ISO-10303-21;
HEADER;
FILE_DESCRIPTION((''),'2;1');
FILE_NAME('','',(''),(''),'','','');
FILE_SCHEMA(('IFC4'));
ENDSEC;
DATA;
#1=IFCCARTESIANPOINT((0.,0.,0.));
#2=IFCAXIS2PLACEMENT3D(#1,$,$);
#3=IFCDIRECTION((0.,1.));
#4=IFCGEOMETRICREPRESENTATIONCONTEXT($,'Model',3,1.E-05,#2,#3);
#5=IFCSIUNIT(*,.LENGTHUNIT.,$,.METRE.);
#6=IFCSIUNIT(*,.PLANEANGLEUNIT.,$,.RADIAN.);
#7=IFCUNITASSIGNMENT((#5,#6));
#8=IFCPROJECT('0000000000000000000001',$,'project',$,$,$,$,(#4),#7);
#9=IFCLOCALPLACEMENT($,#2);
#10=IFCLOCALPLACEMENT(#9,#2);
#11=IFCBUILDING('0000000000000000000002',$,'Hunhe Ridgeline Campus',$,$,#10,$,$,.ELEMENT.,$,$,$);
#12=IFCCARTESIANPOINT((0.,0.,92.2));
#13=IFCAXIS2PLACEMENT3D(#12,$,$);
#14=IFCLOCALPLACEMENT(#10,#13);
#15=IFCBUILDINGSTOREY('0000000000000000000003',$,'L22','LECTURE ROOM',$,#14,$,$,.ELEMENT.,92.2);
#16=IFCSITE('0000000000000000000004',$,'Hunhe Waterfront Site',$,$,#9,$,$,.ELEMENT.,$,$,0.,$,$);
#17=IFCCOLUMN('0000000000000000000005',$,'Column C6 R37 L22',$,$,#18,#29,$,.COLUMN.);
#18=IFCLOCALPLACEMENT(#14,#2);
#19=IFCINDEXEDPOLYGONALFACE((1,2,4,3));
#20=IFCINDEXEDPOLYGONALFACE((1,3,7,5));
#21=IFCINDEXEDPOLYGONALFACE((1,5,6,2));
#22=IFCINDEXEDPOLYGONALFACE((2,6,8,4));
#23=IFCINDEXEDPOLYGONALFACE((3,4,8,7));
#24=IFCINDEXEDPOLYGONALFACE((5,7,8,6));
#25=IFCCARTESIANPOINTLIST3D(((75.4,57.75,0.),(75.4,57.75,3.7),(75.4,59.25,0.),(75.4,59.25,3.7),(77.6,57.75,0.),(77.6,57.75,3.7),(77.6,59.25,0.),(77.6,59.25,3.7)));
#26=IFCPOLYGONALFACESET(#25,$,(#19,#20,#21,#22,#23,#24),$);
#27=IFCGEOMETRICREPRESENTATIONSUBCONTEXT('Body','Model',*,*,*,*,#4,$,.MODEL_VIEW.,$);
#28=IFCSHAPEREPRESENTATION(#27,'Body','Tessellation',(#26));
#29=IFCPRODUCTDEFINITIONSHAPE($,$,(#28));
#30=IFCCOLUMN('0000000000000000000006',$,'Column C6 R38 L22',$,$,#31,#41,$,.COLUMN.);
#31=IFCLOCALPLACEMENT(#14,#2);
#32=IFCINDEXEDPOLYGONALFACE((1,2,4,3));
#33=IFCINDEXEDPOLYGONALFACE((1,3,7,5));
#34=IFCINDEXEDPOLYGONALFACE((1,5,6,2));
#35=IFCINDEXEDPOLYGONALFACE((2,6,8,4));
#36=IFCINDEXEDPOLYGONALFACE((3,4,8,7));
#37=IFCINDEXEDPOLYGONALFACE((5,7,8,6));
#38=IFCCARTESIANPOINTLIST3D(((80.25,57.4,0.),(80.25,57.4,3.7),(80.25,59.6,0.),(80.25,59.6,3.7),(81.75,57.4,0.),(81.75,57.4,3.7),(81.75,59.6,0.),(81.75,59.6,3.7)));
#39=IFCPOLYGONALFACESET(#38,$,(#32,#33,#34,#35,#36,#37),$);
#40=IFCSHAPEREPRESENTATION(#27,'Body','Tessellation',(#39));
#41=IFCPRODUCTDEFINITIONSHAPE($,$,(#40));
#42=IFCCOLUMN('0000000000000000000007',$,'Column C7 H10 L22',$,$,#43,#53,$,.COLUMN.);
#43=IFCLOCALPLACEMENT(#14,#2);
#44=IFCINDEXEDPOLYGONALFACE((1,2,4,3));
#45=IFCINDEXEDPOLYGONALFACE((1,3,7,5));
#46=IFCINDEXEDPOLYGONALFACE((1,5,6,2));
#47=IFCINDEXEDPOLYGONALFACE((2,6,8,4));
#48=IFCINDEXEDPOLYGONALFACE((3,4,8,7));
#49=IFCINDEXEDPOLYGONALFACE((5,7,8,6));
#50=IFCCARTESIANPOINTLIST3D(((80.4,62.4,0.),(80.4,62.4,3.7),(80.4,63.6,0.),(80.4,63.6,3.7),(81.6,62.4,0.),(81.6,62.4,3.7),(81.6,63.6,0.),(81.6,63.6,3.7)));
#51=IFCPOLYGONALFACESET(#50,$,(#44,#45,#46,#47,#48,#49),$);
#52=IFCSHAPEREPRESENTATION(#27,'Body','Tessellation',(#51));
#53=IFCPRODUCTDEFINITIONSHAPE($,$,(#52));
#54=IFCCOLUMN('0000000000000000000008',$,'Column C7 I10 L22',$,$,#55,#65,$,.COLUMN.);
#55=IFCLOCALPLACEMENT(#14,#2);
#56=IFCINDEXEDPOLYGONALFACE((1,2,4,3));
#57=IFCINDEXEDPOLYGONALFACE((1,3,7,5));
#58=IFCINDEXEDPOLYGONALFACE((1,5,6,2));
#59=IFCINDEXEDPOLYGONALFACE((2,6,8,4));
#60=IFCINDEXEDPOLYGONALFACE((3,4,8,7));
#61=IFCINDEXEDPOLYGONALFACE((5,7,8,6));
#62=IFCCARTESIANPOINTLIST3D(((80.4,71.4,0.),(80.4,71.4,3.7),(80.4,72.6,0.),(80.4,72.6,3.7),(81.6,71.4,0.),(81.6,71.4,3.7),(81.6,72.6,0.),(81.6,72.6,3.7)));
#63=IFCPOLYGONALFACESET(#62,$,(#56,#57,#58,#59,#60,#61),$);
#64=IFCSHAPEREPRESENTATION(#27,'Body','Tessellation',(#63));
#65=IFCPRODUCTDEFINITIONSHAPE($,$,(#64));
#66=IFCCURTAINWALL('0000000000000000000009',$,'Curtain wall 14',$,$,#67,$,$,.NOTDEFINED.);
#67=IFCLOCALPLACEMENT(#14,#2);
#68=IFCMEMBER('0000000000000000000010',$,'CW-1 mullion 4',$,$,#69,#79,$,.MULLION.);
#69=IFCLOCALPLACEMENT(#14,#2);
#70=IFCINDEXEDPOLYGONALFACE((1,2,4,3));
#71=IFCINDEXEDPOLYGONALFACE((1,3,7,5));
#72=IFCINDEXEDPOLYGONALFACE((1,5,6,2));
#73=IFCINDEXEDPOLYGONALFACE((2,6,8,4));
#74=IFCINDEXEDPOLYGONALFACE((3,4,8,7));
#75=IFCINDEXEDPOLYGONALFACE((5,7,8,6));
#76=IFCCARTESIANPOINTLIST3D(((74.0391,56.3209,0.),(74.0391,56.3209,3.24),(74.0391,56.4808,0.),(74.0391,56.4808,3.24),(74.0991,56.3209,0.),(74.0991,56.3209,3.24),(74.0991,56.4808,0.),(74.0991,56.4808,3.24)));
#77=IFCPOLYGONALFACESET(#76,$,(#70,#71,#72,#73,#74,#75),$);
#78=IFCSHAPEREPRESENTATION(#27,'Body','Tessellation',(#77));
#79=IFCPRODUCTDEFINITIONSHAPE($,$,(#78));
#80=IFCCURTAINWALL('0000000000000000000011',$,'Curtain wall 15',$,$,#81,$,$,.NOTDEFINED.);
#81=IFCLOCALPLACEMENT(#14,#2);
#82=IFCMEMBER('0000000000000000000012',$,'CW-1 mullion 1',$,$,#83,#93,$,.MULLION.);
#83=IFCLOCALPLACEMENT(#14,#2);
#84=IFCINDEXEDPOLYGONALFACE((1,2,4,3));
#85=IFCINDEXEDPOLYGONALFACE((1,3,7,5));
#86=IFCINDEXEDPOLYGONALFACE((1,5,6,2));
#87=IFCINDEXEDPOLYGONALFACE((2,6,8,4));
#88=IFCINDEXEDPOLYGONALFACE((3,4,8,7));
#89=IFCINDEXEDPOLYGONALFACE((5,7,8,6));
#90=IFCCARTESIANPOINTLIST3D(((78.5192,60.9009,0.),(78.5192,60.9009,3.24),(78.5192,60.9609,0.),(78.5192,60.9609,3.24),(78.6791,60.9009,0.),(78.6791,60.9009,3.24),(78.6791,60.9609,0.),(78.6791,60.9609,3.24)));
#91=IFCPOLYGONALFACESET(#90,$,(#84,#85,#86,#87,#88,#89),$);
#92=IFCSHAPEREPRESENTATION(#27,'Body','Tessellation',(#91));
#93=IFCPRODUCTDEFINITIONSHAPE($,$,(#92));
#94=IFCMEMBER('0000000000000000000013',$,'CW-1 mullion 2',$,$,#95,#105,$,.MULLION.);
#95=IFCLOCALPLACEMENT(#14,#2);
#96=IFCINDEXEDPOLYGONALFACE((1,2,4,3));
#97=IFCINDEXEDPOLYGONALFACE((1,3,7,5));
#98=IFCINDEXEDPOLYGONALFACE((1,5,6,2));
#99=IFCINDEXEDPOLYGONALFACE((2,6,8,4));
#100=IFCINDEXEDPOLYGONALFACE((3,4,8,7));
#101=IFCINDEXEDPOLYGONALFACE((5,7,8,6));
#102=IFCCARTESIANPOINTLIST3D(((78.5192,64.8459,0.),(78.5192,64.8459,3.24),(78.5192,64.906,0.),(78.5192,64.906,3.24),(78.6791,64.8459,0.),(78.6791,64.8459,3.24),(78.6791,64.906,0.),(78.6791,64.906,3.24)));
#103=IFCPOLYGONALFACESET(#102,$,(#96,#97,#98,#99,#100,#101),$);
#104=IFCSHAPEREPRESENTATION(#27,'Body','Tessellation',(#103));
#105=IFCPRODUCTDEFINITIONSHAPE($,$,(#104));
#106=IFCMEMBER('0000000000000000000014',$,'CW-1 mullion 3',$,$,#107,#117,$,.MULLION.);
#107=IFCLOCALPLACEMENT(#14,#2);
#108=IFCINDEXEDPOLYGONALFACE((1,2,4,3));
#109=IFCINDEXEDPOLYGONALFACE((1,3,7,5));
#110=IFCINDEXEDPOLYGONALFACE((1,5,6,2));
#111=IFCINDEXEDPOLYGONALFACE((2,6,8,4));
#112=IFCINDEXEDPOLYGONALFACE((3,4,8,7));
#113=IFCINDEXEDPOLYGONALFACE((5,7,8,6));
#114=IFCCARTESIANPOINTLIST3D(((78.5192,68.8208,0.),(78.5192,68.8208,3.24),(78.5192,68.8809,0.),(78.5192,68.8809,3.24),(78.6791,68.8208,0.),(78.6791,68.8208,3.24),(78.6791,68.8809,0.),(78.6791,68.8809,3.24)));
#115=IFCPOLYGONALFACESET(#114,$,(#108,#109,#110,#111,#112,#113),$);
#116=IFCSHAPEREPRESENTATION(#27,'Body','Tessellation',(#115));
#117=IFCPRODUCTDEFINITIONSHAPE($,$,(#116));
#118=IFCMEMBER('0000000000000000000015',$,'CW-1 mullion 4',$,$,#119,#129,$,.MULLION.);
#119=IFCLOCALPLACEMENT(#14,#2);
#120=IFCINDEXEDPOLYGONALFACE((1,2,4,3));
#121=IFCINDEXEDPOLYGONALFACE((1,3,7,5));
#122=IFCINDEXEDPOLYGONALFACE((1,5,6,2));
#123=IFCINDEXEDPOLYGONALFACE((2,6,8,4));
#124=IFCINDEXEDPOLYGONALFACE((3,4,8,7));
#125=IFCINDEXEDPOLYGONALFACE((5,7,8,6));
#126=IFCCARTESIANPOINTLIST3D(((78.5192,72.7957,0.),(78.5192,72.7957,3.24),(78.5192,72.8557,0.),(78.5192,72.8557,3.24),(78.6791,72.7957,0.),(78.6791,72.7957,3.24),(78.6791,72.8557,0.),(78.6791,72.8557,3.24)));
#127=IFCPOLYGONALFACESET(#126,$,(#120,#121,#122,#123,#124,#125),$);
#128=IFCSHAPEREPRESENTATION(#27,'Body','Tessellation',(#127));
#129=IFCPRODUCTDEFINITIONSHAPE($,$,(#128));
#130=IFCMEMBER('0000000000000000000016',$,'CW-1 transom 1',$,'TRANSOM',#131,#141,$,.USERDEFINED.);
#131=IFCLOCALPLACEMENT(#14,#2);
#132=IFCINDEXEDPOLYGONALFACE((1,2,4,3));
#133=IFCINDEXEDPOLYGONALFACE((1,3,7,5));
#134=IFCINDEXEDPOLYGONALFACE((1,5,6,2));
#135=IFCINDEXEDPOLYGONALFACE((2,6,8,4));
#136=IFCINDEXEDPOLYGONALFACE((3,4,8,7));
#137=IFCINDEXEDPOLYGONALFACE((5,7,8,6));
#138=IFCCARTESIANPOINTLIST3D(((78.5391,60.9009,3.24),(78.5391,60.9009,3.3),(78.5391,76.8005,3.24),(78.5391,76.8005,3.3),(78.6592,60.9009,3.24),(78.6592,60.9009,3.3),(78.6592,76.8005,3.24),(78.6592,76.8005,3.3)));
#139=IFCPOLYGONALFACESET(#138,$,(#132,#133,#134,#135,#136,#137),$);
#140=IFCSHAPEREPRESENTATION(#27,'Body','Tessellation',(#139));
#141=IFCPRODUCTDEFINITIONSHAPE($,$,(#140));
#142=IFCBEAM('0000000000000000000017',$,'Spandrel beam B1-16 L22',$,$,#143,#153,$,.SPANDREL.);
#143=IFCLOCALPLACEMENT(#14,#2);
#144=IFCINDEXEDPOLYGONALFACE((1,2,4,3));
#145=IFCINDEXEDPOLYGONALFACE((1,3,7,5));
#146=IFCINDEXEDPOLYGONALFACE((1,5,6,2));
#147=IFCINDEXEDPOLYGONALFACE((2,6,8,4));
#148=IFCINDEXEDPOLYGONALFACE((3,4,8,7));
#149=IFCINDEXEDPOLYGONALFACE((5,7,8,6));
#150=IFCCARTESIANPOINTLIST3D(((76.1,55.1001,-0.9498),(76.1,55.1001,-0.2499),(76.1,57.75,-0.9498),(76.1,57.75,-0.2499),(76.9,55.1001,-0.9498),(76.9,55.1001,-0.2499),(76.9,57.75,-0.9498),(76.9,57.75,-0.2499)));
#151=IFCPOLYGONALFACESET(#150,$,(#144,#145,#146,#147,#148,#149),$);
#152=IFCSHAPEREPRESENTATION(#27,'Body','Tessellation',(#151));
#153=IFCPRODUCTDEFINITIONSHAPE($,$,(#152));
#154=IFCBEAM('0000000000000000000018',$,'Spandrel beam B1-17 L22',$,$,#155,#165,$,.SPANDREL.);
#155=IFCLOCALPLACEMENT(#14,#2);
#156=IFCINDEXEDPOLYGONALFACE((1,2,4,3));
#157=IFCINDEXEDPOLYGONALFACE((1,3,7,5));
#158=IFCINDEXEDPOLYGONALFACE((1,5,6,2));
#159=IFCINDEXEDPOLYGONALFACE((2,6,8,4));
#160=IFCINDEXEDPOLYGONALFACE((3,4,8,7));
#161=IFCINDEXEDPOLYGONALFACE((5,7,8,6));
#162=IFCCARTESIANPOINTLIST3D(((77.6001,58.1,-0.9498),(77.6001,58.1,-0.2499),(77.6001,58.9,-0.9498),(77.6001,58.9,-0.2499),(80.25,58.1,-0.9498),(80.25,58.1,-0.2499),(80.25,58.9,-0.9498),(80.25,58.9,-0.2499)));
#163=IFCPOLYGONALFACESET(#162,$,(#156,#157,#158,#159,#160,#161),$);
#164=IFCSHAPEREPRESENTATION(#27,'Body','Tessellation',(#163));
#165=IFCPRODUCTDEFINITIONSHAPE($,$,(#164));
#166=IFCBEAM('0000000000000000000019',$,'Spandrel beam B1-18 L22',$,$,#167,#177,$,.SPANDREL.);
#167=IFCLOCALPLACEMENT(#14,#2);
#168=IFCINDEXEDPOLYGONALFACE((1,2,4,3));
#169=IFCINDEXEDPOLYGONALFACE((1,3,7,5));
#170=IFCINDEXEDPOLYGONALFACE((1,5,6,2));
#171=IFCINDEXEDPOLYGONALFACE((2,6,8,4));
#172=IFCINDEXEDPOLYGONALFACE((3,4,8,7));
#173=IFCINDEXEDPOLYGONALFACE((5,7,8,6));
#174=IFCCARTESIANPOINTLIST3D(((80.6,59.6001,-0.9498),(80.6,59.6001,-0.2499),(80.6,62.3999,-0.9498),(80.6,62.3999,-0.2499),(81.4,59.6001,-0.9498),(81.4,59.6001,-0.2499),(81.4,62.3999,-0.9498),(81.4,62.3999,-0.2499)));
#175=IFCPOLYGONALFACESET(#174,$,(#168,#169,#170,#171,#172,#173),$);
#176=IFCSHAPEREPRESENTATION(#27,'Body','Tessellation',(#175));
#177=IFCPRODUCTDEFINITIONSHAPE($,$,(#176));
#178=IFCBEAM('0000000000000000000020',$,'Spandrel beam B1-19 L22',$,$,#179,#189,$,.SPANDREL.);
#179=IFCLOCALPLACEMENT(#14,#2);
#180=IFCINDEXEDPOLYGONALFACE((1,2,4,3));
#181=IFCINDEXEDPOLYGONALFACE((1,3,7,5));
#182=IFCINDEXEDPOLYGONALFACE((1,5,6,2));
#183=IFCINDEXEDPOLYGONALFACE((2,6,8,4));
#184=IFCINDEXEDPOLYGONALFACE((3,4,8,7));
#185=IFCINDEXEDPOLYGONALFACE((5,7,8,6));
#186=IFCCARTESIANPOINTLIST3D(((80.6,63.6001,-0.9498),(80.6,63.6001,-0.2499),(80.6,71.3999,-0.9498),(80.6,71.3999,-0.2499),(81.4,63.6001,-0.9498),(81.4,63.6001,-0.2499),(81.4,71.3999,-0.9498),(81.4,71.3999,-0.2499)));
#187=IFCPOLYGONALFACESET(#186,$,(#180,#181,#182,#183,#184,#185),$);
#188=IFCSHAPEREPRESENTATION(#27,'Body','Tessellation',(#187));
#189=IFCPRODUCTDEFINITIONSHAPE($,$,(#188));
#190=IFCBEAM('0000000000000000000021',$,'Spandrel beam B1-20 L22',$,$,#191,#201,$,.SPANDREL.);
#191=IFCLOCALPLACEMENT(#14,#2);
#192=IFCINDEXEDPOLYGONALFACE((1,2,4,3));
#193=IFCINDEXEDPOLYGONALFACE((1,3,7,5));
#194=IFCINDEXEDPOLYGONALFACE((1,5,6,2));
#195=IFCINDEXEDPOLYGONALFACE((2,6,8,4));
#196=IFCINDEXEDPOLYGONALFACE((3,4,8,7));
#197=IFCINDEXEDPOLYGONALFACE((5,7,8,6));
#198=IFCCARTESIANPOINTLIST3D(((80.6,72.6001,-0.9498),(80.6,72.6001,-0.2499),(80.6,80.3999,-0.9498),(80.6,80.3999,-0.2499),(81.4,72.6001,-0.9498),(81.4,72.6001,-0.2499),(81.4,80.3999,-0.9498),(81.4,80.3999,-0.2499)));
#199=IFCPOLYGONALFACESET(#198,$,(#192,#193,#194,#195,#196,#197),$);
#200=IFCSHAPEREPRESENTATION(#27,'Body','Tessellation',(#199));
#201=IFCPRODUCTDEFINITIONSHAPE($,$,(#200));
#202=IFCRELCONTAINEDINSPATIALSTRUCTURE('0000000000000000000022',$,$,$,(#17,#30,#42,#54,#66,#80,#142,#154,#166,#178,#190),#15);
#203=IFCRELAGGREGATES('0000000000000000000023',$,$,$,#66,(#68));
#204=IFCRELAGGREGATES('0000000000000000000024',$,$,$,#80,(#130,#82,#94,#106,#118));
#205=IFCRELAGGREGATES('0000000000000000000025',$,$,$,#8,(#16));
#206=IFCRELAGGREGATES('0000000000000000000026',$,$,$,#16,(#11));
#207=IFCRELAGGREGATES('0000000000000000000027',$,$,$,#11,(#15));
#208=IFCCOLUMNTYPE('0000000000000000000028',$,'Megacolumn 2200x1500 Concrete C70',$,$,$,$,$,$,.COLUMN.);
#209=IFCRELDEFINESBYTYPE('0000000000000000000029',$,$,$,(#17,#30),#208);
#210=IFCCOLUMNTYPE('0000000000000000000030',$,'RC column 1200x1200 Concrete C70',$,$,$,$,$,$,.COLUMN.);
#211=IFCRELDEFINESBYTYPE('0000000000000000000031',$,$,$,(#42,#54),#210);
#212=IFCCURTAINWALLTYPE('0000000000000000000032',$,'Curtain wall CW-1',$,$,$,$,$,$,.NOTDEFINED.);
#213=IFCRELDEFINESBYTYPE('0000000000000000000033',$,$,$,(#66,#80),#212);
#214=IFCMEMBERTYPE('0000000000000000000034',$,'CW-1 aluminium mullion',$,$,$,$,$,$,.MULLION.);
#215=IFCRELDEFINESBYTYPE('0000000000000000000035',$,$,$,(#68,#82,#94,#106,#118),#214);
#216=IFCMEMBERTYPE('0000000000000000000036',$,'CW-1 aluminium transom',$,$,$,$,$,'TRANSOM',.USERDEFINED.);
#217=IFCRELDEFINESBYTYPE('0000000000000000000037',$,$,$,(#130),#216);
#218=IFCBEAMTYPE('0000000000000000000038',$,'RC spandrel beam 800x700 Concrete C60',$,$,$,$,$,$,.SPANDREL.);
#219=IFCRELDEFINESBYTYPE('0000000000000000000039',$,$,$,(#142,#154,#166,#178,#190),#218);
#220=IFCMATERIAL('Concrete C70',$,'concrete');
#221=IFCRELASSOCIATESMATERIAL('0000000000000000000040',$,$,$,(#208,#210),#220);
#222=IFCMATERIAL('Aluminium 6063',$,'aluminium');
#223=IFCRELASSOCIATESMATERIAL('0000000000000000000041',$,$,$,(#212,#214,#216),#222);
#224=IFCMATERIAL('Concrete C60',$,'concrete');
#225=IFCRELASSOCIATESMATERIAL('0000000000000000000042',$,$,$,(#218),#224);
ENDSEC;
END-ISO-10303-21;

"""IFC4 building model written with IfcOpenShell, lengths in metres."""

from ifc_helpers import new_model, si_unit, direction, frame, origin, origin_2d, place, context, subcontext, project, spatial, rectangle, extrude, material, material_profile, profile_set, type_object, element, aggregate, save


model = new_model("IFC4")

# Units and contexts
model_context = context("Model", 3, precision=1e-05, world=origin(), true_north=direction((0.0, 1.0)))
body_context = subcontext(model_context, "Body", "Model", "MODEL_VIEW")
ifc_project = project(units=[si_unit("LENGTHUNIT", "METRE"), si_unit("PLANEANGLEUNIT", "RADIAN")], contexts=[model_context])

# Site, building, storey
site_placement = place(None, origin())
site = spatial("IfcSite", under=ifc_project, at=site_placement, Name="Hunhe Waterfront Site", CompositionType="ELEMENT", RefElevation=0.0)
building_placement = place(site_placement, origin())
building = spatial("IfcBuilding", under=site, at=building_placement, Name="Hunhe Ridgeline Campus", CompositionType="ELEMENT")
storey_placement = place(building_placement, frame((0.0, 0.0, 92.2)))
storey = spatial("IfcBuildingStorey", under=building, at=storey_placement, Name="L22", Description="LECTURE ROOM", CompositionType="ELEMENT", Elevation=92.2)

# Columns
ifc_material_1 = material(Name="Concrete C70", Category="concrete")
ifc_material_profile_1 = material_profile(ifc_material_1, rectangle(XDim=2.2, YDim=1.5, at=origin_2d()))
ifc_profile_set_1 = profile_set([ifc_material_profile_1], Name="Concrete C70")
column_type_1 = type_object("IfcColumnType", Name="Megacolumn 2200x1500 Concrete C70", PredefinedType="COLUMN", material=ifc_profile_set_1)
for number, where, z_axis, x_axis, name in (
    (1, (76.5, 58.5, 0.0), (0.0, 0.0, 1.0), (1.0, 0.0, 0.0), "Column C6 R37 L22"),
    (2, (81.0, 58.5, 0.0), (0.0, 0.0, 1.0), (0.0, 1.0, 0.0), "Column C6 R38 L22"),
):
    element("IfcColumn", number, at=place(storey_placement, frame(where, z_axis=z_axis, x_axis=x_axis)), inside=storey, type_object=column_type_1, Name=name, PredefinedType="COLUMN", context=body_context, shape_type="SweptSolid", body=[
        extrude(rectangle(XDim=2.2, YDim=1.5, at=origin_2d()), origin(), (0.0, 0.0, 1.0), 3.7),
    ])
ifc_material_profile_2 = material_profile(ifc_material_1, rectangle(XDim=1.2, YDim=1.2, at=origin_2d()))
ifc_profile_set_2 = profile_set([ifc_material_profile_2], Name="Concrete C70")
column_type_2 = type_object("IfcColumnType", Name="RC column 1200x1200 Concrete C70", PredefinedType="COLUMN", material=ifc_profile_set_2)
for number, where, z_axis, x_axis, name in (
    (3, (81.0, 63.0, 0.0), (0.0, 0.0, 1.0), (1.0, 0.0, 0.0), "Column C7 H10 L22"),
    (4, (81.0, 72.0, 0.0), (0.0, 0.0, 1.0), (1.0, 0.0, 0.0), "Column C7 I10 L22"),
):
    element("IfcColumn", number, at=place(storey_placement, frame(where, z_axis=z_axis, x_axis=x_axis)), inside=storey, type_object=column_type_2, Name=name, PredefinedType="COLUMN", context=body_context, shape_type="SweptSolid", body=[
        extrude(rectangle(XDim=1.2, YDim=1.2, at=origin_2d()), origin(), (0.0, 0.0, 1.0), 3.7),
    ])

# Curtain wall, member
ifc_material_2 = material(Name="Aluminium 6063", Category="aluminium")
curtain_wall_type = type_object("IfcCurtainWallType", Name="Curtain wall CW-1", PredefinedType="NOTDEFINED", material=ifc_material_2)
curtain_wall_1_placement = place(storey_placement, origin())
curtain_wall_1 = element("IfcCurtainWall", 5, at=curtain_wall_1_placement, inside=storey, type_object=curtain_wall_type, Name="Curtain wall 14", PredefinedType="NOTDEFINED")
ifc_material_profile_3 = material_profile(ifc_material_2, rectangle(XDim=0.1599, YDim=0.0601, at=origin_2d()))
ifc_profile_set_3 = profile_set([ifc_material_profile_3], Name="Aluminium 6063")
member_type_1 = type_object("IfcMemberType", Name="CW-1 aluminium mullion", PredefinedType="MULLION", material=ifc_profile_set_3)
member_1_placement = place(storey_placement, frame((74.0691, 56.4009, 0.0), z_axis=(0.0, 0.0, 1.0), x_axis=(0.0, 1.0, 0.0)))
member_1 = element("IfcMember", 6, at=member_1_placement, type_object=member_type_1, Name="CW-1 mullion 4", PredefinedType="MULLION", context=body_context, shape_type="SweptSolid", body=[
    extrude(rectangle(XDim=0.1599, YDim=0.0601, at=origin_2d()), origin(), (0.0, 0.0, 1.0), 3.24),
])
aggregate(curtain_wall_1, [member_1])

# Curtain wall, members
curtain_wall_2_placement = place(storey_placement, origin())
curtain_wall_2 = element("IfcCurtainWall", 7, at=curtain_wall_2_placement, inside=storey, type_object=curtain_wall_type, Name="Curtain wall 15", PredefinedType="NOTDEFINED")
member_2_placement = place(storey_placement, frame((78.5991, 60.9309, 0.0), z_axis=(0.0, 0.0, 1.0), x_axis=(-1.0, 0.0, 0.0)))
member_2 = element("IfcMember", 8, at=member_2_placement, type_object=member_type_1, Name="CW-1 mullion 1", PredefinedType="MULLION", context=body_context, shape_type="SweptSolid", body=[
    extrude(rectangle(XDim=0.1599, YDim=0.0601, at=origin_2d()), origin(), (0.0, 0.0, 1.0), 3.24),
])
member_3_placement = place(storey_placement, frame((78.5991, 64.876, 0.0), z_axis=(0.0, 0.0, 1.0), x_axis=(-1.0, 0.0, 0.0)))
member_3 = element("IfcMember", 9, at=member_3_placement, type_object=member_type_1, Name="CW-1 mullion 2", PredefinedType="MULLION", context=body_context, shape_type="SweptSolid", body=[
    extrude(rectangle(XDim=0.1599, YDim=0.0601, at=origin_2d()), origin(), (0.0, 0.0, 1.0), 3.24),
])
member_4_placement = place(storey_placement, frame((78.5991, 68.8508, 0.0), z_axis=(0.0, 0.0, 1.0), x_axis=(-1.0, 0.0, 0.0)))
member_4 = element("IfcMember", 10, at=member_4_placement, type_object=member_type_1, Name="CW-1 mullion 3", PredefinedType="MULLION", context=body_context, shape_type="SweptSolid", body=[
    extrude(rectangle(XDim=0.1599, YDim=0.0601, at=origin_2d()), origin(), (0.0, 0.0, 1.0), 3.24),
])
member_5_placement = place(storey_placement, frame((78.5991, 72.8257, 0.0), z_axis=(0.0, 0.0, 1.0), x_axis=(-1.0, 0.0, 0.0)))
member_5 = element("IfcMember", 11, at=member_5_placement, type_object=member_type_1, Name="CW-1 mullion 4", PredefinedType="MULLION", context=body_context, shape_type="SweptSolid", body=[
    extrude(rectangle(XDim=0.1599, YDim=0.0601, at=origin_2d()), origin(), (0.0, 0.0, 1.0), 3.24),
])
ifc_material_profile_4 = material_profile(ifc_material_2, rectangle(XDim=0.1201, YDim=0.0601, at=origin_2d()))
ifc_profile_set_4 = profile_set([ifc_material_profile_4], Name="Aluminium 6063")
member_type_2 = type_object("IfcMemberType", Name="CW-1 aluminium transom", ElementType="TRANSOM", PredefinedType="USERDEFINED", material=ifc_profile_set_4)
member_6_placement = place(storey_placement, frame((78.5991, 60.9009, 3.27), z_axis=(0.0, 1.0, 0.0), x_axis=(-1.0, 0.0, 0.0)))
member_6 = element("IfcMember", 12, at=member_6_placement, type_object=member_type_2, Name="CW-1 transom 1", ObjectType="TRANSOM", PredefinedType="USERDEFINED", context=body_context, shape_type="SweptSolid", body=[
    extrude(rectangle(XDim=0.1201, YDim=0.0601, at=origin_2d()), origin(), (0.0, 0.0, 1.0), 15.8997),
])

# Beams
ifc_material_3 = material(Name="Concrete C60", Category="concrete")
ifc_material_profile_5 = material_profile(ifc_material_3, rectangle(XDim=0.8, YDim=0.7, at=origin_2d()))
ifc_profile_set_5 = profile_set([ifc_material_profile_5], Name="Concrete C60")
beam_type = type_object("IfcBeamType", Name="RC spandrel beam 800x700 Concrete C60", PredefinedType="SPANDREL", material=ifc_profile_set_5)
for number, where, z_axis, x_axis, name in (
    (13, (76.5, 55.1001, -0.5999), (0.0, 1.0, 0.0), (-1.0, 0.0, 0.0), "Spandrel beam B1-16 L22"),
    (14, (77.6001, 58.5, -0.5999), (1.0, 0.0, 0.0), (0.0, 1.0, 0.0), "Spandrel beam B1-17 L22"),
):
    element("IfcBeam", number, at=place(storey_placement, frame(where, z_axis=z_axis, x_axis=x_axis)), inside=storey, type_object=beam_type, Name=name, PredefinedType="SPANDREL", context=body_context, shape_type="SweptSolid", body=[
        extrude(rectangle(XDim=0.8, YDim=0.7, at=origin_2d()), origin(), (0.0, 0.0, 1.0), 2.6499),
    ])
beam_placement = place(storey_placement, frame((81.0, 59.6001, -0.5999), z_axis=(0.0, 1.0, 0.0), x_axis=(-1.0, 0.0, 0.0)))
element("IfcBeam", 15, at=beam_placement, inside=storey, type_object=beam_type, Name="Spandrel beam B1-18 L22", PredefinedType="SPANDREL", context=body_context, shape_type="SweptSolid", body=[
    extrude(rectangle(XDim=0.8, YDim=0.7, at=origin_2d()), origin(), (0.0, 0.0, 1.0), 2.7998),
])
for number, where, z_axis, x_axis, name in (
    (16, (81.0, 63.6001, -0.5999), (0.0, 1.0, 0.0), (-1.0, 0.0, 0.0), "Spandrel beam B1-19 L22"),
    (17, (81.0, 72.6001, -0.5999), (0.0, 1.0, 0.0), (-1.0, 0.0, 0.0), "Spandrel beam B1-20 L22"),
):
    element("IfcBeam", number, at=place(storey_placement, frame(where, z_axis=z_axis, x_axis=x_axis)), inside=storey, type_object=beam_type, Name=name, PredefinedType="SPANDREL", context=body_context, shape_type="SweptSolid", body=[
        extrude(rectangle(XDim=0.8, YDim=0.7, at=origin_2d()), origin(), (0.0, 0.0, 1.0), 7.7998),
    ])

aggregate(curtain_wall_2, [member_6, member_2, member_3, member_4, member_5])

save(model, "model.ifc")
